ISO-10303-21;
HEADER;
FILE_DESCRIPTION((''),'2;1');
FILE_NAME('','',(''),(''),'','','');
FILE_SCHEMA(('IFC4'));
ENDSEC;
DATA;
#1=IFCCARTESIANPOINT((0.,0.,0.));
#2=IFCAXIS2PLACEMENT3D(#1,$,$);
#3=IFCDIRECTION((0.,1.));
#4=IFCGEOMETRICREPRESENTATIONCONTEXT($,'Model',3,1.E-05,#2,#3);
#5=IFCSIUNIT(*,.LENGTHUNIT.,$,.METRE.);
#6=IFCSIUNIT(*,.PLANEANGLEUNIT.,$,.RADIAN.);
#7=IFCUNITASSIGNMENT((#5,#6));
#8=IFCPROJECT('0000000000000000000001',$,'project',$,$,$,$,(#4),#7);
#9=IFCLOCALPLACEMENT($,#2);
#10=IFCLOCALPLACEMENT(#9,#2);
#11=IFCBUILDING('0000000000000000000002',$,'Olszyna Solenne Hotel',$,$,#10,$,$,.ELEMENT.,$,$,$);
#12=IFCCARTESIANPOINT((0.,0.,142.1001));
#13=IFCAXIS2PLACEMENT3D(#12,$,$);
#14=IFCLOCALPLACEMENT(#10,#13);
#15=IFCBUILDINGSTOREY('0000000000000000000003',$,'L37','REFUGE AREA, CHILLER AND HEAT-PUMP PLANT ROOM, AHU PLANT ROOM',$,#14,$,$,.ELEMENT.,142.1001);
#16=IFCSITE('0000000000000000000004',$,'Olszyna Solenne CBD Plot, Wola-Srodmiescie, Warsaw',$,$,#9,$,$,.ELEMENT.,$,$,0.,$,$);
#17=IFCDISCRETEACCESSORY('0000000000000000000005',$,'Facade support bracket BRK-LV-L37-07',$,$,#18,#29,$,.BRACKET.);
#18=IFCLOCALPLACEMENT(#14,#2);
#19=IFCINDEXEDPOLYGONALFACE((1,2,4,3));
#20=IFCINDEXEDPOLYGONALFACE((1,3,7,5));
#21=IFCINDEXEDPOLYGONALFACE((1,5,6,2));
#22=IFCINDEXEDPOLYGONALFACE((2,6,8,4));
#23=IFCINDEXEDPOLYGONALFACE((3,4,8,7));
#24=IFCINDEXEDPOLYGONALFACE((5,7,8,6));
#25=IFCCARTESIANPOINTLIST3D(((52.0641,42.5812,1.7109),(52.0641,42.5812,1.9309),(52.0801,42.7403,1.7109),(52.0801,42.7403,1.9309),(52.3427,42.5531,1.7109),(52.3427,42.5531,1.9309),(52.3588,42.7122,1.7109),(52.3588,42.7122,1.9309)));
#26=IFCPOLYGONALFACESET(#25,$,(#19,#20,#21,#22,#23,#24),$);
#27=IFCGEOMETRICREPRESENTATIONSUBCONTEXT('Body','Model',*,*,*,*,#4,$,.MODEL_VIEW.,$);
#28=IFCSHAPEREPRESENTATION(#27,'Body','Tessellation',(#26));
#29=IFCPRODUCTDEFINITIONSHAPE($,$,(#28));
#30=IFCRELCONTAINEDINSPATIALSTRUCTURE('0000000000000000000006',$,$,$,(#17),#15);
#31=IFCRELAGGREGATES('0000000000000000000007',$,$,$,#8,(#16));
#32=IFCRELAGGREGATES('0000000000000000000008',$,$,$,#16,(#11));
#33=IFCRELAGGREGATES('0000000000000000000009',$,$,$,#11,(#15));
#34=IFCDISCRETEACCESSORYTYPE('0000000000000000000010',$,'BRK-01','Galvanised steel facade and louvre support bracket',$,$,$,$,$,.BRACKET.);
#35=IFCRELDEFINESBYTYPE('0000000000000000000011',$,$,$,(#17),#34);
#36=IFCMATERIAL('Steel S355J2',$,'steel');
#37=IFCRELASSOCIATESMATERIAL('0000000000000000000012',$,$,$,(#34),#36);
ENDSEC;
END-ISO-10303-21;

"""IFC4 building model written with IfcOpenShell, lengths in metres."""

from ifc_helpers import new_model, si_unit, direction, frame, origin, origin_2d, place, context, subcontext, project, spatial, rectangle, extrude, source, transform, mapped, material, type_object, element, save


model = new_model("IFC4")

# Units and contexts
model_context = context("Model", 3, precision=1e-05, world=origin(), true_north=direction((0.0, 1.0)))
body_context = subcontext(model_context, "Body", "Model", "MODEL_VIEW")
ifc_project = project(units=[si_unit("LENGTHUNIT", "METRE"), si_unit("PLANEANGLEUNIT", "RADIAN")], contexts=[model_context])

# Site, building, storey
site_placement = place(None, origin())
site = spatial("IfcSite", under=ifc_project, at=site_placement, Name="Olszyna Solenne CBD Plot, Wola-Srodmiescie, Warsaw", CompositionType="ELEMENT", RefElevation=0.0)
building_placement = place(site_placement, origin())
building = spatial("IfcBuilding", under=site, at=building_placement, Name="Olszyna Solenne Hotel", CompositionType="ELEMENT")
storey_placement = place(building_placement, frame((0.0, 0.0, 142.1001)))
storey = spatial("IfcBuildingStorey", under=building, at=storey_placement, Name="L37", Description="REFUGE AREA, CHILLER AND HEAT-PUMP PLANT ROOM, AHU PLANT ROOM", CompositionType="ELEMENT", Elevation=142.1001)

# Shared definitions
ifc_material_1 = material(Name="Steel S355J2", Category="steel")

# Discrete accessory
discrete_accessory_type = type_object("IfcDiscreteAccessoryType", Name="BRK-01", Description="Galvanised steel facade and louvre support bracket", PredefinedType="BRACKET", material=ifc_material_1)
shared_shape_1 = source(origin(), body_context, "Body", "SweptSolid", [
    extrude(rectangle(XDim=0.28, YDim=0.1599, at=origin_2d()), origin(), (0.0, 0.0, 1.0), 0.22),
])
discrete_accessory_placement = place(storey_placement, frame((52.2114, 42.6467, 1.7109), z_axis=(0.0, 0.0, 1.0), x_axis=(0.994951, -0.100362, 0.0)))
element("IfcDiscreteAccessory", 1, at=discrete_accessory_placement, inside=storey, type_object=discrete_accessory_type, Name="Facade support bracket BRK-LV-L37-07", PredefinedType="BRACKET", context=body_context, shape_type="MappedRepresentation", body=[
    mapped(shared_shape_1, transform((0.0, 0.0, 0.0), x_axis=(1.0, 0.0, 0.0), y_axis=(0.0, 1.0, 0.0), z_axis=(0.0, 0.0, 1.0), scale=1.0)),
])

save(model, "model.ifc")
